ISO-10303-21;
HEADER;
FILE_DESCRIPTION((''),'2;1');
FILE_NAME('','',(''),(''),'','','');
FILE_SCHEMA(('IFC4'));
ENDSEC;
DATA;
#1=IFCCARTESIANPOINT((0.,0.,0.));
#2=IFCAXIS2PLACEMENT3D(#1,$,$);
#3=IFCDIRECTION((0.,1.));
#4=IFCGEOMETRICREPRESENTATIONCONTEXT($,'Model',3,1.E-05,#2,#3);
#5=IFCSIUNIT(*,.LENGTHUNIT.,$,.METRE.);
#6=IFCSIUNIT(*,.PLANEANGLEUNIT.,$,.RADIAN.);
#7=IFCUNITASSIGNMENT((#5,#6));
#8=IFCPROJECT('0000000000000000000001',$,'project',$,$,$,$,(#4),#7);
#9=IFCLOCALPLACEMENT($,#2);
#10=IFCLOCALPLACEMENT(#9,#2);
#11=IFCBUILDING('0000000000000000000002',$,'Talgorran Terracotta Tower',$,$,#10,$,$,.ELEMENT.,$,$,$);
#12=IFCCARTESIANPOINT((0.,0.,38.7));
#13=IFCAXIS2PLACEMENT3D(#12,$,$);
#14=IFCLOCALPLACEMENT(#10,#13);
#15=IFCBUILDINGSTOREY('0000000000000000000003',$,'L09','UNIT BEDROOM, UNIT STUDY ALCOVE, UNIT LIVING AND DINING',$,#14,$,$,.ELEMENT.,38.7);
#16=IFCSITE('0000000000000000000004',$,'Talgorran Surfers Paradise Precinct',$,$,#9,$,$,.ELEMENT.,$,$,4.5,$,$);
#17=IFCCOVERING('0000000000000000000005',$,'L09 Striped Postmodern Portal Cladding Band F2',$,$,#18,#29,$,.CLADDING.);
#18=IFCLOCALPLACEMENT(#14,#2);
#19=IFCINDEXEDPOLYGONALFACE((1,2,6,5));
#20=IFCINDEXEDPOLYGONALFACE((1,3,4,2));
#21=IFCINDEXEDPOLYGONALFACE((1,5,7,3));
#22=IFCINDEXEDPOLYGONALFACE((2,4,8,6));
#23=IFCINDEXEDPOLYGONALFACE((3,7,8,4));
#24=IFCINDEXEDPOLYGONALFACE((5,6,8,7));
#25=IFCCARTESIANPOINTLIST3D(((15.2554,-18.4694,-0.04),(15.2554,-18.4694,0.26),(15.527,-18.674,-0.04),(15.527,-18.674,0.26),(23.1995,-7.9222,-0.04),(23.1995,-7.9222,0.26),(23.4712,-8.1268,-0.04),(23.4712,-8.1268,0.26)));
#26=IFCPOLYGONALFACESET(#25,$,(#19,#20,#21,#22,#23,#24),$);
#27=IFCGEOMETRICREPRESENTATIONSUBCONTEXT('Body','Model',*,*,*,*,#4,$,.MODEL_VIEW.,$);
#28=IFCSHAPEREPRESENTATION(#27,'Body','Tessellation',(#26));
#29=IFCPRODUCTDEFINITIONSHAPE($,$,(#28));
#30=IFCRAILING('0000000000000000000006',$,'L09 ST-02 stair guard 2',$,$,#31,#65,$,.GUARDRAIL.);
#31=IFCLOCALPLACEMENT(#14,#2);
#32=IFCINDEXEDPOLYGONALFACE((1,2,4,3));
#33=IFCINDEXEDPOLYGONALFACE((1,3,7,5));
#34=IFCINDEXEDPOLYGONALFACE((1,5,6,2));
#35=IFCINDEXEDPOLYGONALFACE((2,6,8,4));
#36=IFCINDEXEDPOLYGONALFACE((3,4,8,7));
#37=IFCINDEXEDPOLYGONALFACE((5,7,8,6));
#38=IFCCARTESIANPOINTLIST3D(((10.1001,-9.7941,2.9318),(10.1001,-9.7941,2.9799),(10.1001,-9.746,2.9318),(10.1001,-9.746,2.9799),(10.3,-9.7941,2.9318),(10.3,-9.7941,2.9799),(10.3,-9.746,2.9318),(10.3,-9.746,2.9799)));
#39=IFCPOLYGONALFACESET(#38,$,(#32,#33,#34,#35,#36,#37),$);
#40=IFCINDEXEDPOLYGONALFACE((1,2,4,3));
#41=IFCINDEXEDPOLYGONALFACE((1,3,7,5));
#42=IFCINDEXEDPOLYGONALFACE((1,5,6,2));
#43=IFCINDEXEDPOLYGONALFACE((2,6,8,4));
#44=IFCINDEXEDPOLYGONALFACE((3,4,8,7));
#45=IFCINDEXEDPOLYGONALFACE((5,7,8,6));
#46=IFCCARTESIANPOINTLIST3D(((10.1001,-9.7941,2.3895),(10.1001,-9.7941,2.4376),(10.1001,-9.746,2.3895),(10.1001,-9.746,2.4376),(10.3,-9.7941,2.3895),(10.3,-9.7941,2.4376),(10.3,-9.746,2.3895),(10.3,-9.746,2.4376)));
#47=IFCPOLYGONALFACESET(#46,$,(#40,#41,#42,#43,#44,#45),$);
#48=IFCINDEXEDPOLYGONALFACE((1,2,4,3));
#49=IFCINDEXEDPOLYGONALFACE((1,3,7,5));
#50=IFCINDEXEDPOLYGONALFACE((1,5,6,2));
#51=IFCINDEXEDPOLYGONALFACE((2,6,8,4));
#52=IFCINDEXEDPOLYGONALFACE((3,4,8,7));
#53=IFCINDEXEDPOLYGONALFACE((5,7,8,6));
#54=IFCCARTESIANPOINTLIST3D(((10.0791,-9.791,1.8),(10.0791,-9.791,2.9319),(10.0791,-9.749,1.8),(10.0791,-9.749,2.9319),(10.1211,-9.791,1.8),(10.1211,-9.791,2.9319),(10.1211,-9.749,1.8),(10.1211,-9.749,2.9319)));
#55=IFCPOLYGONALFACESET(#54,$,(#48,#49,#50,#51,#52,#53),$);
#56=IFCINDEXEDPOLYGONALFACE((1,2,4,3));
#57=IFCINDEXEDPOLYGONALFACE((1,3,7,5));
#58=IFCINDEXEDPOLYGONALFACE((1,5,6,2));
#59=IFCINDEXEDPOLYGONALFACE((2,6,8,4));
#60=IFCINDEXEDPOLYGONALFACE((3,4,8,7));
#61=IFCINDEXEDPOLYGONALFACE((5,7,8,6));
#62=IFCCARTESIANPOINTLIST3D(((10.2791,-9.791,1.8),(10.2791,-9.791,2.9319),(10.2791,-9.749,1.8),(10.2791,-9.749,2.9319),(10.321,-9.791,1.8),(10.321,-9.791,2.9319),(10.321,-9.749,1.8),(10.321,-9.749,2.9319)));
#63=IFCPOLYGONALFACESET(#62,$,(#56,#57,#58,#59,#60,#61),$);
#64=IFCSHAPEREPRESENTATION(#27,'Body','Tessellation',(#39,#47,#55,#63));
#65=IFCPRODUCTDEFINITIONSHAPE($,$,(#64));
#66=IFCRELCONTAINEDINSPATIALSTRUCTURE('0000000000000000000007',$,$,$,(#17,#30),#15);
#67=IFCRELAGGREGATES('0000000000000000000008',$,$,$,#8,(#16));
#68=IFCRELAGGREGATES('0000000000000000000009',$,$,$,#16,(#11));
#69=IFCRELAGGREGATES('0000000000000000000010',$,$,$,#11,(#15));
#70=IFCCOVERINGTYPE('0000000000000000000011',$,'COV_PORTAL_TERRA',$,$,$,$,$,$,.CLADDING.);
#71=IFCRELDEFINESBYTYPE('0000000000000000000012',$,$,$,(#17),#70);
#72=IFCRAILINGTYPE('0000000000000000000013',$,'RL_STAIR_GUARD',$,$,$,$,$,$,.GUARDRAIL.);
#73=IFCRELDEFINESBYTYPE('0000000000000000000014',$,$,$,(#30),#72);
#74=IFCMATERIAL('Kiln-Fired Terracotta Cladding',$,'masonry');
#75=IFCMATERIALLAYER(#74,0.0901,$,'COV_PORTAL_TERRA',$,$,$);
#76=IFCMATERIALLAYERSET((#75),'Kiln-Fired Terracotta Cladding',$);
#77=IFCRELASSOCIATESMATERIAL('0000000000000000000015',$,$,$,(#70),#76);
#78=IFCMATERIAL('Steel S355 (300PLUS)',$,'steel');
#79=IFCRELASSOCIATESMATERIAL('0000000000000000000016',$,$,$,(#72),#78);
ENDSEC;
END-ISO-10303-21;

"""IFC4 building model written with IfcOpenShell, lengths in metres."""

from ifc_helpers import new_model, si_unit, direction, frame, origin, origin_2d, place, context, subcontext, project, spatial, rectangle, extrude, material, layer, layer_set, type_object, element, save


model = new_model("IFC4")

# Units and contexts
model_context = context("Model", 3, precision=1e-05, world=origin(), true_north=direction((0.0, 1.0)))
body_context = subcontext(model_context, "Body", "Model", "MODEL_VIEW")
ifc_project = project(units=[si_unit("LENGTHUNIT", "METRE"), si_unit("PLANEANGLEUNIT", "RADIAN")], contexts=[model_context])

# Site, building, storey
site_placement = place(None, origin())
site = spatial("IfcSite", under=ifc_project, at=site_placement, Name="Talgorran Surfers Paradise Precinct", CompositionType="ELEMENT", RefElevation=4.5)
building_placement = place(site_placement, origin())
building = spatial("IfcBuilding", under=site, at=building_placement, Name="Talgorran Terracotta Tower", CompositionType="ELEMENT")
storey_placement = place(building_placement, frame((0.0, 0.0, 38.7)))
storey = spatial("IfcBuildingStorey", under=building, at=storey_placement, Name="L09", Description="UNIT BEDROOM, UNIT STUDY ALCOVE, UNIT LIVING AND DINING", CompositionType="ELEMENT", Elevation=38.7)

# Shared definitions
ifc_material_1 = material(Name="Steel S355 (300PLUS)", Category="steel")

# Covering
ifc_material_2 = material(Name="Kiln-Fired Terracotta Cladding", Category="masonry")
ifc_layer_1 = layer(ifc_material_2, 0.0901, Name="COV_PORTAL_TERRA")
ifc_layer_set_1 = layer_set([ifc_layer_1], Name="Kiln-Fired Terracotta Cladding")
covering_type_1 = type_object("IfcCoveringType", Name="COV_PORTAL_TERRA", PredefinedType="CLADDING", material=ifc_layer_set_1)
covering_1_placement = place(storey_placement, frame((19.3633, -13.2981, -0.04), z_axis=(0.0, 0.0, 1.0), x_axis=(0.601634, 0.798772, 0.0)))
element("IfcCovering", 1, at=covering_1_placement, inside=storey, type_object=covering_type_1, Name="L09 Striped Postmodern Portal Cladding Band F2", PredefinedType="CLADDING", context=body_context, shape_type="SweptSolid", body=[
    extrude(rectangle(XDim=13.2043, YDim=0.3401, at=origin_2d()), origin(), (0.0, 0.0, 1.0), 0.3),
])

# Railing
railing_type = type_object("IfcRailingType", Name="RL_STAIR_GUARD", PredefinedType="GUARDRAIL", material=ifc_material_1)
railing_placement = place(storey_placement, frame((10.1001, -9.77, 1.8)))
element("IfcRailing", 2, at=railing_placement, inside=storey, type_object=railing_type, Name="L09 ST-02 stair guard 2", PredefinedType="GUARDRAIL", context=body_context, shape_type="SweptSolid", body=[
    extrude(rectangle(XDim=0.0481, YDim=0.0481, at=origin_2d()), frame((0.0, 0.0, 1.1558), z_axis=(1.0, 0.0, 0.0), x_axis=(0.0, 1.0, 0.0)), (0.0, 0.0, 1.0), 0.2),
    extrude(rectangle(XDim=0.0481, YDim=0.0481, at=origin_2d()), frame((0.0, 0.0, 0.6135), z_axis=(1.0, 0.0, 0.0), x_axis=(0.0, 1.0, 0.0)), (0.0, 0.0, 1.0), 0.2),
    extrude(rectangle(XDim=0.042, YDim=0.042, at=origin_2d()), origin(), (0.0, 0.0, 1.0), 1.1318),
    extrude(rectangle(XDim=0.042, YDim=0.042, at=origin_2d()), frame((0.2, 0.0, 0.0)), (0.0, 0.0, 1.0), 1.1318),
])

save(model, "model.ifc")
